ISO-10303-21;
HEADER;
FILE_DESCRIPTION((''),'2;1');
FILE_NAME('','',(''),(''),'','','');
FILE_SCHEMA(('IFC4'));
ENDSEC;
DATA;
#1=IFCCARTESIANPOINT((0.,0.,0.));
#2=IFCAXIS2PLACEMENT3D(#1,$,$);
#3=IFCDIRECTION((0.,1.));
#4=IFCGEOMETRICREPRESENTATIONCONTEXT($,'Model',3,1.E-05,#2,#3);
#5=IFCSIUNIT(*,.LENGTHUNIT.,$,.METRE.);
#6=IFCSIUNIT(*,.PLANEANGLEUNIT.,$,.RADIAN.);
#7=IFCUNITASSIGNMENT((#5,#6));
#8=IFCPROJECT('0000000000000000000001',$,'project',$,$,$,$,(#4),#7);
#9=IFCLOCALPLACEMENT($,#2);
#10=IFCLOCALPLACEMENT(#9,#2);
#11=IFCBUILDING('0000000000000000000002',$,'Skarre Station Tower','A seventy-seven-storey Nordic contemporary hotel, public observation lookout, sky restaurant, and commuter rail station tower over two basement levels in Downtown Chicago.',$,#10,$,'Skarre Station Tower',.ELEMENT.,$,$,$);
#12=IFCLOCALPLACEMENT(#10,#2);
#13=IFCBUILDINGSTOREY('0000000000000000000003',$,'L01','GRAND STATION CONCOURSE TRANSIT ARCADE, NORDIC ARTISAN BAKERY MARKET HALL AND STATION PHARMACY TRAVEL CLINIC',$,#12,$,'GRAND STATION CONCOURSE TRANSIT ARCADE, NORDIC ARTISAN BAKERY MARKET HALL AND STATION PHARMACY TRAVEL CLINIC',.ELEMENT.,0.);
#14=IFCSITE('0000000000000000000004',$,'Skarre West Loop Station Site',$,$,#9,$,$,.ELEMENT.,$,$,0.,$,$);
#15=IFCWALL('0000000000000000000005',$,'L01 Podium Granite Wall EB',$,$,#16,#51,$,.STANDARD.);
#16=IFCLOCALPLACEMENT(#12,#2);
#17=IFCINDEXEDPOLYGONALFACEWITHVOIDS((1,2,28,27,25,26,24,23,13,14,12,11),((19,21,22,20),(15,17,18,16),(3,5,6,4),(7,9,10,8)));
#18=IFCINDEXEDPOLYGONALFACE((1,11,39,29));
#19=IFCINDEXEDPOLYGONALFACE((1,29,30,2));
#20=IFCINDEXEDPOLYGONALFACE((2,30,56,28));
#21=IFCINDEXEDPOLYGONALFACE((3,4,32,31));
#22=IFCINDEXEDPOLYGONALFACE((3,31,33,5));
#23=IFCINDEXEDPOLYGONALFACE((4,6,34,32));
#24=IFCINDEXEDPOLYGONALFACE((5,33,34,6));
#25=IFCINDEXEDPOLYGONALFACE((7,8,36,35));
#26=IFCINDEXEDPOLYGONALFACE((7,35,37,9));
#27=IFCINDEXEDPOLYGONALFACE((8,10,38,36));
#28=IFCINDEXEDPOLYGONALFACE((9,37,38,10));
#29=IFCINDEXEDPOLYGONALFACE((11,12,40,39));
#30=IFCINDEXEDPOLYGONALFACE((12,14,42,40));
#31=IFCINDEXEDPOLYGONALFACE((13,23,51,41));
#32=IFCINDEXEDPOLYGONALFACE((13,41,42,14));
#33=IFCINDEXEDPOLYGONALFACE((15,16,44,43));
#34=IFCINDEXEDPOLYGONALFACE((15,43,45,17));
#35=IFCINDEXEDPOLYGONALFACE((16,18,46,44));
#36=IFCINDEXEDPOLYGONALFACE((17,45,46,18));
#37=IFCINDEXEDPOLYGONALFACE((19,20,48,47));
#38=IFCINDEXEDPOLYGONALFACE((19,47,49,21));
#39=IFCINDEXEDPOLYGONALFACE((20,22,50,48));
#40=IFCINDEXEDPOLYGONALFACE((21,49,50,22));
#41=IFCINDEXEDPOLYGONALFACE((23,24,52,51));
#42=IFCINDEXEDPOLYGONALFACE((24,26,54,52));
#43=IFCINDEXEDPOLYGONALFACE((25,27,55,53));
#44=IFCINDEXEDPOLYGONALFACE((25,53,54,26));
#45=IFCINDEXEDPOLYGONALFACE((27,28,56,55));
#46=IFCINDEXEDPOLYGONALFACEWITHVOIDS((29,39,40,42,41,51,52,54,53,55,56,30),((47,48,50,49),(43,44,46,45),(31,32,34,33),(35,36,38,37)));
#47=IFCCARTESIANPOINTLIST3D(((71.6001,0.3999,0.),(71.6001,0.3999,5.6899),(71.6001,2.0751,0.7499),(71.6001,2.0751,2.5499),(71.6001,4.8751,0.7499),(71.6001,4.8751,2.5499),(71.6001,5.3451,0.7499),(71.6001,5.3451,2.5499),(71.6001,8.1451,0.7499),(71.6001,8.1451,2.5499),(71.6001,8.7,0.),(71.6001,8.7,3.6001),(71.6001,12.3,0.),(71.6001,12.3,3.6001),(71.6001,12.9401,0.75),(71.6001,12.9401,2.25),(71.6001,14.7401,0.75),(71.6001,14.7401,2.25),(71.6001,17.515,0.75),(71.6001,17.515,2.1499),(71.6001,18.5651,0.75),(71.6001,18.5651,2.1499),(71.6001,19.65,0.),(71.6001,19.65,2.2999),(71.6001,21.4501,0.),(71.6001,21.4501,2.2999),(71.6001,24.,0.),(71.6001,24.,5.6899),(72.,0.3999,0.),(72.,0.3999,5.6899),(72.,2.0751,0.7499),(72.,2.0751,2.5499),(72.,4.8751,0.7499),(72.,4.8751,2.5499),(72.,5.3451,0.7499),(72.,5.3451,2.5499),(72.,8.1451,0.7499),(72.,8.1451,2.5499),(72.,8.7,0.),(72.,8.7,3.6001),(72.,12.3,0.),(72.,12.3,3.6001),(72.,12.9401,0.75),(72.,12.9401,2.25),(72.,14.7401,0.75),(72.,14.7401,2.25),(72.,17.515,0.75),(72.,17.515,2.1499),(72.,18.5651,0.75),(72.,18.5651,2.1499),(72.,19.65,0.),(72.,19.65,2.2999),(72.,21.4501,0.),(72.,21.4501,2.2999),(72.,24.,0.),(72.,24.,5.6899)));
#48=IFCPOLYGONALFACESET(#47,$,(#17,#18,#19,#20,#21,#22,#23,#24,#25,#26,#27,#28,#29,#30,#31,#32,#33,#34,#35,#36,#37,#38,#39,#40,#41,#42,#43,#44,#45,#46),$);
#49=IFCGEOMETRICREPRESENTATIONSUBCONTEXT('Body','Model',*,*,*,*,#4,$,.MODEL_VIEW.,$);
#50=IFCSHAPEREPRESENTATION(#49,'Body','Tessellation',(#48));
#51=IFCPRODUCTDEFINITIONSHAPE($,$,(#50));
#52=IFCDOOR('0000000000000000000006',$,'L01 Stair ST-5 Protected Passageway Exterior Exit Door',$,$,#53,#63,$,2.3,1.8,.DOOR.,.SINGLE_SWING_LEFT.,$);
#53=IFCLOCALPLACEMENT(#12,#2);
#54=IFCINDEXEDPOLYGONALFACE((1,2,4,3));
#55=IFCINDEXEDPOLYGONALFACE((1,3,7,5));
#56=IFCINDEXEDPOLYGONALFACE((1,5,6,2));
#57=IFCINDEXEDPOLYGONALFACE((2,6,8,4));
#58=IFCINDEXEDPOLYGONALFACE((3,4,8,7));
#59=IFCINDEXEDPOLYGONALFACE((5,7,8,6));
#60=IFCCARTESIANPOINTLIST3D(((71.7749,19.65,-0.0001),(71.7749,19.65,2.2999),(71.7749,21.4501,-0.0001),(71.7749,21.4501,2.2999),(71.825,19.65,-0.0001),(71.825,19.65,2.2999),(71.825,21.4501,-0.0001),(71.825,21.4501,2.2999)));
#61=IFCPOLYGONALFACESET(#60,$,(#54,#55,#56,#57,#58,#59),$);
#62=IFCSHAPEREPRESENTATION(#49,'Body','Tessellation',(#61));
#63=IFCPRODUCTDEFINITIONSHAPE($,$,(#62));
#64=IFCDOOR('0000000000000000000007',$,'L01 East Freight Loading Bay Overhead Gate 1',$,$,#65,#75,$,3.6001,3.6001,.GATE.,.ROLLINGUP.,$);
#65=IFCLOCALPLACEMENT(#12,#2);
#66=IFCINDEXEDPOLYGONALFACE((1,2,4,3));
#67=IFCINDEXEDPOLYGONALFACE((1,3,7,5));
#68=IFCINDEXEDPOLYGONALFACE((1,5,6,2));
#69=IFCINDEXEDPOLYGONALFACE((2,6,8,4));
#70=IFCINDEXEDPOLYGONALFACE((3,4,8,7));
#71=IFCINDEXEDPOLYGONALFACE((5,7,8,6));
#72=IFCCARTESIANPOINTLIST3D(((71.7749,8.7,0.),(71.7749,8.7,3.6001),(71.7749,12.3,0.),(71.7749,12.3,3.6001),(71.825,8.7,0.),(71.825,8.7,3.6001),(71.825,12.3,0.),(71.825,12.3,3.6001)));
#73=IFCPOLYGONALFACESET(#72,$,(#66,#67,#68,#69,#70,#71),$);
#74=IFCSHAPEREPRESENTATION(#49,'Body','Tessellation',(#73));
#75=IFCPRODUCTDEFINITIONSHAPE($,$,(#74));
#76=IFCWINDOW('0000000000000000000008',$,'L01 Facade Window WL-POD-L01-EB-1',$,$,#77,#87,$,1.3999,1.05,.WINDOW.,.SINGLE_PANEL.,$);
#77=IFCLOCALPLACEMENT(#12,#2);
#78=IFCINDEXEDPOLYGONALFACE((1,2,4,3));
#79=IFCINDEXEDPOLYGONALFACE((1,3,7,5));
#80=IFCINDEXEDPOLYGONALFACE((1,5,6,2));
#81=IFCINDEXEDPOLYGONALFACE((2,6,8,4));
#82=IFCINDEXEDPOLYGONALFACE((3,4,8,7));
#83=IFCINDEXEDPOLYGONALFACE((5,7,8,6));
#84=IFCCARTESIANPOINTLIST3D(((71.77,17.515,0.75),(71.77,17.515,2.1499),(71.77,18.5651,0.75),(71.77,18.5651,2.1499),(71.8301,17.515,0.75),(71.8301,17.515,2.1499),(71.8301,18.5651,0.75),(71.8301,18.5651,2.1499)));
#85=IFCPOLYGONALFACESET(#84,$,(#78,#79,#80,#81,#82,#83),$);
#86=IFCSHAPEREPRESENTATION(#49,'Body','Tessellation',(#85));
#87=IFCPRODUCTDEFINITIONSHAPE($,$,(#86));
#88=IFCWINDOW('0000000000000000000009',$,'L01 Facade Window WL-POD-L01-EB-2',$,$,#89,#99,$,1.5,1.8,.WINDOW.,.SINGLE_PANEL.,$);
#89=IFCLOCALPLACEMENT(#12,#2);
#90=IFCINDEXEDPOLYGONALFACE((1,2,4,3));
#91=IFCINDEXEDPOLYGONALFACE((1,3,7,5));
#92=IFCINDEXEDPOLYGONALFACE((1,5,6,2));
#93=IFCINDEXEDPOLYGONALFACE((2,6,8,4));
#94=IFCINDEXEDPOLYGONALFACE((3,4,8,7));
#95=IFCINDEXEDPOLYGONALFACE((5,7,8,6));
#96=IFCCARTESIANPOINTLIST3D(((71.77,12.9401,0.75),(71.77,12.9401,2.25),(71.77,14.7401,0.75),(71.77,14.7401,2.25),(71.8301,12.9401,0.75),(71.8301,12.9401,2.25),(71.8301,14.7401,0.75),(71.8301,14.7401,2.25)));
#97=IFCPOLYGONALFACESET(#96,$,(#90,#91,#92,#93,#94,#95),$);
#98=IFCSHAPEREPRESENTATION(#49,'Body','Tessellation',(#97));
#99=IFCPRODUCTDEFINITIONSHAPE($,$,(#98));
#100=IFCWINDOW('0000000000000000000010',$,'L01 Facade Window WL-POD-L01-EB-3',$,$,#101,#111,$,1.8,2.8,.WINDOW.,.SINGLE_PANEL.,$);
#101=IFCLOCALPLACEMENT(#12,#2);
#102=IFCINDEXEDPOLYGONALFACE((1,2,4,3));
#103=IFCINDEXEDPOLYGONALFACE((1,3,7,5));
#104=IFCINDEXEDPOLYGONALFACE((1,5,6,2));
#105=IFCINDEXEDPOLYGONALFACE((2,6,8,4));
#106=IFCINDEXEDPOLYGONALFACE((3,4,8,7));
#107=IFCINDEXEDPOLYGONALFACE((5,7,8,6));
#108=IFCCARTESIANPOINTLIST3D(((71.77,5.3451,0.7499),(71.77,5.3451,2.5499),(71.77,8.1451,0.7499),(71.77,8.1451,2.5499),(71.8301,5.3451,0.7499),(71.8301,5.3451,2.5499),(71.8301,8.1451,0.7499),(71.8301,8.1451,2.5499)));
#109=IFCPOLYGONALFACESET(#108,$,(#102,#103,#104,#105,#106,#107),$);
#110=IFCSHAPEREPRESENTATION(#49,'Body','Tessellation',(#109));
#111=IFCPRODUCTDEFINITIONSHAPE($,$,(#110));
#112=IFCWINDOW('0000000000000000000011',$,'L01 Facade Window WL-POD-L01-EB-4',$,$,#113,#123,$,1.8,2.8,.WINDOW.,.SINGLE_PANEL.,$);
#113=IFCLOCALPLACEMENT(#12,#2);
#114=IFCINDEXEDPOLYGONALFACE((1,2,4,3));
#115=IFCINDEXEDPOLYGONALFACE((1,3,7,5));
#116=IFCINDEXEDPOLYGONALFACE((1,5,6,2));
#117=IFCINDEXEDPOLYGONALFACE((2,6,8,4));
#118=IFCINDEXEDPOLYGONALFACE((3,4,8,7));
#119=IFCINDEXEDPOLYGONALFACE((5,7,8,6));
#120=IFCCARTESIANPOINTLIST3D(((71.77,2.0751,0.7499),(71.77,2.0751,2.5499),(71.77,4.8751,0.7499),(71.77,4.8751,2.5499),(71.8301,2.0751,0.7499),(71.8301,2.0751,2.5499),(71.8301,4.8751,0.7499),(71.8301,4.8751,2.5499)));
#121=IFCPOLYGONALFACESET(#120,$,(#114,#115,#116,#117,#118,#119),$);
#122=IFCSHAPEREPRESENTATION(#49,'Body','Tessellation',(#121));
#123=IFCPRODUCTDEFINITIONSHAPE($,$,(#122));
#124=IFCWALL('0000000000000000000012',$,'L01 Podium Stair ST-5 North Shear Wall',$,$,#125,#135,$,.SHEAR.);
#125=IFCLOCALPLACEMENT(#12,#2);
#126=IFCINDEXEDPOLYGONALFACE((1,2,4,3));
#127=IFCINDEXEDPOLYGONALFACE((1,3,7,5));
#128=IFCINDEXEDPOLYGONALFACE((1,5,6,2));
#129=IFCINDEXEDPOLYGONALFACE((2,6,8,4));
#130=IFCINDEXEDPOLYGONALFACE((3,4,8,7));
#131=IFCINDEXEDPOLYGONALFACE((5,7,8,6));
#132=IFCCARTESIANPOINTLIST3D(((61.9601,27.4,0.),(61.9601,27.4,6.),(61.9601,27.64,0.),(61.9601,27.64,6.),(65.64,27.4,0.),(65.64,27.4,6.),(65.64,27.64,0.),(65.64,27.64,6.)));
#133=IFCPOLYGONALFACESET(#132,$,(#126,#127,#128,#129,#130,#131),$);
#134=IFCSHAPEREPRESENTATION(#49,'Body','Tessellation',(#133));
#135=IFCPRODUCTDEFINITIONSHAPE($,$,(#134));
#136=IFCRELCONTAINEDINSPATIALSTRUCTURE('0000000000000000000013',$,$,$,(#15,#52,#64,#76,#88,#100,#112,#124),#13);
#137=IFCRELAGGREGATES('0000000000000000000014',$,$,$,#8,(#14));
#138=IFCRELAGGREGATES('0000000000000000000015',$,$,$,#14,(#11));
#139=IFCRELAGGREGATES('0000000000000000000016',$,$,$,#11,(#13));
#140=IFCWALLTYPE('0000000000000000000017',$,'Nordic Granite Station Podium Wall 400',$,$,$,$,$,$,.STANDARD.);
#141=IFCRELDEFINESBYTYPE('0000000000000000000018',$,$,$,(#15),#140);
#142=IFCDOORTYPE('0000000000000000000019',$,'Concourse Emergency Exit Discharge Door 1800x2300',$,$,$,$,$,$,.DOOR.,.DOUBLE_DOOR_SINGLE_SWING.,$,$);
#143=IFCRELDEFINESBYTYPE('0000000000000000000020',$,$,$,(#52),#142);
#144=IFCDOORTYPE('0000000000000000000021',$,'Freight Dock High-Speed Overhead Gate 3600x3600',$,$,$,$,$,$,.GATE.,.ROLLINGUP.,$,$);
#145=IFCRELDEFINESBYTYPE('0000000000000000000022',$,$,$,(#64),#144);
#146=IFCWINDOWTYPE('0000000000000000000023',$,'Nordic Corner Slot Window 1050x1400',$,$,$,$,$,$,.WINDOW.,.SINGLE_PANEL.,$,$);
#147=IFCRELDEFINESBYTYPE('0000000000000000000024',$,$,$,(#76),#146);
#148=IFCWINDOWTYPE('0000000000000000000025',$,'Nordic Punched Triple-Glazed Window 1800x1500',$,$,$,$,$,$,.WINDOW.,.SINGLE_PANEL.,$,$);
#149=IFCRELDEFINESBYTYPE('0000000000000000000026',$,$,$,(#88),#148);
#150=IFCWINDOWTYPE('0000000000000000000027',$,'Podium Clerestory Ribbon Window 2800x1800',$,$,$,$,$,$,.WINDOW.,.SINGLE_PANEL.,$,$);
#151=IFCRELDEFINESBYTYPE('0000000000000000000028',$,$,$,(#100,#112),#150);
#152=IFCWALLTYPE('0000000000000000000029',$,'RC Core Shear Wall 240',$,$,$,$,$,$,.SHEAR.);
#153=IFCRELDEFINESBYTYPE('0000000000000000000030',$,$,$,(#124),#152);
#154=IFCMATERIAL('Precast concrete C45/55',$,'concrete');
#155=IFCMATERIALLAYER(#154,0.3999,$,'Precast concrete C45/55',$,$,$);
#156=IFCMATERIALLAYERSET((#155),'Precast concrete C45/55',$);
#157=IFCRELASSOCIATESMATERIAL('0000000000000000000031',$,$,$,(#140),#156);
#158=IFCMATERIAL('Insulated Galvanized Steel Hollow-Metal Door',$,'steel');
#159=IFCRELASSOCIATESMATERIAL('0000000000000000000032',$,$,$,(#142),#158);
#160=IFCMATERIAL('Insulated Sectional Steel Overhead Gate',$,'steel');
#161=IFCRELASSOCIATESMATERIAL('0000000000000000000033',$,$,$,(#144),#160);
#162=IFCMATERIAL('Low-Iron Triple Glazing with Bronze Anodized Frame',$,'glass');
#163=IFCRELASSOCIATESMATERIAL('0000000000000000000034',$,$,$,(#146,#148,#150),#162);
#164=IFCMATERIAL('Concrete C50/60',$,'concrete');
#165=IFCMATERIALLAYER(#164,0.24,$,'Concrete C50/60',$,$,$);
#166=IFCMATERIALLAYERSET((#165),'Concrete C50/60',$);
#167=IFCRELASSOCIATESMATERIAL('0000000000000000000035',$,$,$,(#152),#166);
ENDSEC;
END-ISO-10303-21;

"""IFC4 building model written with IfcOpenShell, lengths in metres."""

from ifc_helpers import new_model, si_unit, direction, frame, frame_2d, origin, place, context, subcontext, project, spatial, rectangle, extrude, material, layer, layer_set, type_object, element, fill, save


model = new_model("IFC4")

# Units and contexts
model_context = context("Model", 3, precision=1e-05, world=origin(), true_north=direction((0.0, 1.0)))
body_context = subcontext(model_context, "Body", "Model", "MODEL_VIEW")
ifc_project = project(units=[si_unit("LENGTHUNIT", "METRE"), si_unit("PLANEANGLEUNIT", "RADIAN")], contexts=[model_context])

# Site, building, storey
site_placement = place(None, origin())
site = spatial("IfcSite", under=ifc_project, at=site_placement, Name="Skarre West Loop Station Site", CompositionType="ELEMENT", RefElevation=0.0)
building_placement = place(site_placement, origin())
building = spatial("IfcBuilding", under=site, at=building_placement, Name="Skarre Station Tower", Description="A seventy-seven-storey Nordic contemporary hotel, public observation lookout, sky restaurant, and commuter rail station tower over two basement levels in Downtown Chicago.", LongName="Skarre Station Tower", CompositionType="ELEMENT")
storey_placement = place(building_placement, origin())
storey = spatial("IfcBuildingStorey", under=building, at=storey_placement, Name="L01", Description="GRAND STATION CONCOURSE TRANSIT ARCADE, NORDIC ARTISAN BAKERY MARKET HALL AND STATION PHARMACY TRAVEL CLINIC", LongName="GRAND STATION CONCOURSE TRANSIT ARCADE, NORDIC ARTISAN BAKERY MARKET HALL AND STATION PHARMACY TRAVEL CLINIC", CompositionType="ELEMENT", Elevation=0.0)

# Wall, openings, doors, windows
ifc_material_1 = material(Name="Precast concrete C45/55", Category="concrete")
ifc_layer_1 = layer(ifc_material_1, 0.3999, Name="Precast concrete C45/55")
ifc_layer_set_1 = layer_set([ifc_layer_1], Name="Precast concrete C45/55")
wall_type_1 = type_object("IfcWallType", Name="Nordic Granite Station Podium Wall 400", PredefinedType="STANDARD", material=ifc_layer_set_1)
wall_1_placement = place(storey_placement, frame((71.8, 24.0, 0.0), z_axis=(0.0, 0.0, 1.0), x_axis=(0.0, -1.0, 0.0)))
wall_1 = element("IfcWall", 1, at=wall_1_placement, inside=storey, type_object=wall_type_1, Name="L01 Podium Granite Wall EB", PredefinedType="STANDARD", context=body_context, shape_type="SweptSolid", body=[
    extrude(rectangle(XDim=23.6001, YDim=0.3999, at=frame_2d((11.8, 0.0))), origin(), (0.0, 0.0, 1.0), 5.6899),
])
opening_1_placement = place(wall_1_placement, frame((2.55, 0.0, 0.0)))
opening_1 = element("IfcOpeningElement", 2, at=opening_1_placement, cuts=wall_1, PredefinedType="OPENING", context=body_context, shape_type="SweptSolid", body=[
    extrude(rectangle(XDim=1.8, YDim=2.3, at=frame_2d((0.8999, 1.1499))), frame((0.0, 0.21, 0.0), z_axis=(0.0, -1.0, 0.0), x_axis=(1.0, 0.0, 0.0)), (0.0, 0.0, 1.0), 0.4199),
])
opening_2_placement = place(wall_1_placement, frame((11.7, 0.0, 0.0)))
opening_2 = element("IfcOpeningElement", 3, at=opening_2_placement, cuts=wall_1, PredefinedType="OPENING", context=body_context, shape_type="SweptSolid", body=[
    extrude(rectangle(XDim=3.6001, YDim=3.6001, at=frame_2d((1.8, 1.8))), frame((0.0, 0.21, 0.0), z_axis=(0.0, -1.0, 0.0), x_axis=(1.0, 0.0, 0.0)), (0.0, 0.0, 1.0), 0.4199),
])
opening_3_placement = place(wall_1_placement, frame((5.4351, 0.0, 0.75)))
opening_3 = element("IfcOpeningElement", 4, at=opening_3_placement, cuts=wall_1, PredefinedType="OPENING", context=body_context, shape_type="SweptSolid", body=[
    extrude(rectangle(XDim=1.05, YDim=1.3999, at=frame_2d((0.5249, 0.7))), frame((0.0, 0.21, 0.0), z_axis=(0.0, -1.0, 0.0), x_axis=(1.0, 0.0, 0.0)), (0.0, 0.0, 1.0), 0.4199),
])
opening_4_placement = place(wall_1_placement, frame((9.26, 0.0, 0.75)))
opening_4 = element("IfcOpeningElement", 5, at=opening_4_placement, cuts=wall_1, PredefinedType="OPENING", context=body_context, shape_type="SweptSolid", body=[
    extrude(rectangle(XDim=1.8, YDim=1.5, at=frame_2d((0.8999, 0.75))), frame((0.0, 0.21, 0.0), z_axis=(0.0, -1.0, 0.0), x_axis=(1.0, 0.0, 0.0)), (0.0, 0.0, 1.0), 0.4199),
])
opening_5_placement = place(wall_1_placement, frame((15.855, 0.0, 0.75)))
opening_5 = element("IfcOpeningElement", 6, at=opening_5_placement, cuts=wall_1, PredefinedType="OPENING", context=body_context, shape_type="SweptSolid", body=[
    extrude(rectangle(XDim=2.8, YDim=1.8, at=frame_2d((1.3999, 0.8999))), frame((0.0, 0.21, 0.0), z_axis=(0.0, -1.0, 0.0), x_axis=(1.0, 0.0, 0.0)), (0.0, 0.0, 1.0), 0.4199),
])
opening_6_placement = place(wall_1_placement, frame((19.125, 0.0, 0.75)))
opening_6 = element("IfcOpeningElement", 7, at=opening_6_placement, cuts=wall_1, PredefinedType="OPENING", context=body_context, shape_type="SweptSolid", body=[
    extrude(rectangle(XDim=2.8, YDim=1.8, at=frame_2d((1.3999, 0.8999))), frame((0.0, 0.21, 0.0), z_axis=(0.0, -1.0, 0.0), x_axis=(1.0, 0.0, 0.0)), (0.0, 0.0, 1.0), 0.4199),
])
ifc_material_2 = material(Name="Insulated Galvanized Steel Hollow-Metal Door", Category="steel")
door_type_1 = type_object("IfcDoorType", Name="Concourse Emergency Exit Discharge Door 1800x2300", OperationType="DOUBLE_DOOR_SINGLE_SWING", PredefinedType="DOOR", material=ifc_material_2)
door_1_placement = place(opening_1_placement, origin())
door_1 = element("IfcDoor", 8, at=door_1_placement, inside=storey, type_object=door_type_1, Name="L01 Stair ST-5 Protected Passageway Exterior Exit Door", OperationType="SINGLE_SWING_LEFT", OverallHeight=2.3, OverallWidth=1.8, PredefinedType="DOOR", context=body_context, shape_type="SweptSolid", body=[
    extrude(rectangle(XDim=1.8, YDim=2.3, at=frame_2d((0.8999, 1.1499))), frame((0.0, 0.0249, 0.0), z_axis=(0.0, -1.0, 0.0), x_axis=(1.0, 0.0, 0.0)), (0.0, 0.0, 1.0), 0.05),
])
fill(opening_1, door_1)
ifc_material_3 = material(Name="Insulated Sectional Steel Overhead Gate", Category="steel")
door_type_2 = type_object("IfcDoorType", Name="Freight Dock High-Speed Overhead Gate 3600x3600", OperationType="ROLLINGUP", PredefinedType="GATE", material=ifc_material_3)
door_2_placement = place(opening_2_placement, origin())
door_2 = element("IfcDoor", 9, at=door_2_placement, inside=storey, type_object=door_type_2, Name="L01 East Freight Loading Bay Overhead Gate 1", OperationType="ROLLINGUP", OverallHeight=3.6001, OverallWidth=3.6001, PredefinedType="GATE", context=body_context, shape_type="SweptSolid", body=[
    extrude(rectangle(XDim=3.6001, YDim=3.6001, at=frame_2d((1.8, 1.8))), frame((0.0, 0.0249, 0.0), z_axis=(0.0, -1.0, 0.0), x_axis=(1.0, 0.0, 0.0)), (0.0, 0.0, 1.0), 0.05),
])
fill(opening_2, door_2)
ifc_material_4 = material(Name="Low-Iron Triple Glazing with Bronze Anodized Frame", Category="glass")
window_type_1 = type_object("IfcWindowType", Name="Nordic Corner Slot Window 1050x1400", PartitioningType="SINGLE_PANEL", PredefinedType="WINDOW", material=ifc_material_4)
window_1_placement = place(opening_3_placement, origin())
window_1 = element("IfcWindow", 10, at=window_1_placement, inside=storey, type_object=window_type_1, Name="L01 Facade Window WL-POD-L01-EB-1", OverallHeight=1.3999, OverallWidth=1.05, PartitioningType="SINGLE_PANEL", PredefinedType="WINDOW", context=body_context, shape_type="SweptSolid", body=[
    extrude(rectangle(XDim=1.05, YDim=1.3999, at=frame_2d((0.5249, 0.7))), frame((0.0, 0.03, 0.0), z_axis=(0.0, -1.0, 0.0), x_axis=(1.0, 0.0, 0.0)), (0.0, 0.0, 1.0), 0.0601),
])
fill(opening_3, window_1)
window_type_2 = type_object("IfcWindowType", Name="Nordic Punched Triple-Glazed Window 1800x1500", PartitioningType="SINGLE_PANEL", PredefinedType="WINDOW", material=ifc_material_4)
window_2_placement = place(opening_4_placement, origin())
window_2 = element("IfcWindow", 11, at=window_2_placement, inside=storey, type_object=window_type_2, Name="L01 Facade Window WL-POD-L01-EB-2", OverallHeight=1.5, OverallWidth=1.8, PartitioningType="SINGLE_PANEL", PredefinedType="WINDOW", context=body_context, shape_type="SweptSolid", body=[
    extrude(rectangle(XDim=1.8, YDim=1.5, at=frame_2d((0.8999, 0.75))), frame((0.0, 0.03, 0.0), z_axis=(0.0, -1.0, 0.0), x_axis=(1.0, 0.0, 0.0)), (0.0, 0.0, 1.0), 0.0601),
])
fill(opening_4, window_2)
window_type_3 = type_object("IfcWindowType", Name="Podium Clerestory Ribbon Window 2800x1800", PartitioningType="SINGLE_PANEL", PredefinedType="WINDOW", material=ifc_material_4)
window_3_placement = place(opening_5_placement, origin())
window_3 = element("IfcWindow", 12, at=window_3_placement, inside=storey, type_object=window_type_3, Name="L01 Facade Window WL-POD-L01-EB-3", OverallHeight=1.8, OverallWidth=2.8, PartitioningType="SINGLE_PANEL", PredefinedType="WINDOW", context=body_context, shape_type="SweptSolid", body=[
    extrude(rectangle(XDim=2.8, YDim=1.8, at=frame_2d((1.3999, 0.8999))), frame((0.0, 0.03, 0.0), z_axis=(0.0, -1.0, 0.0), x_axis=(1.0, 0.0, 0.0)), (0.0, 0.0, 1.0), 0.0601),
])
fill(opening_5, window_3)
window_4_placement = place(opening_6_placement, origin())
window_4 = element("IfcWindow", 13, at=window_4_placement, inside=storey, type_object=window_type_3, Name="L01 Facade Window WL-POD-L01-EB-4", OverallHeight=1.8, OverallWidth=2.8, PartitioningType="SINGLE_PANEL", PredefinedType="WINDOW", context=body_context, shape_type="SweptSolid", body=[
    extrude(rectangle(XDim=2.8, YDim=1.8, at=frame_2d((1.3999, 0.8999))), frame((0.0, 0.03, 0.0), z_axis=(0.0, -1.0, 0.0), x_axis=(1.0, 0.0, 0.0)), (0.0, 0.0, 1.0), 0.0601),
])
fill(opening_6, window_4)

# Wall
ifc_material_5 = material(Name="Concrete C50/60", Category="concrete")
ifc_layer_2 = layer(ifc_material_5, 0.24, Name="Concrete C50/60")
ifc_layer_set_2 = layer_set([ifc_layer_2], Name="Concrete C50/60")
wall_type_2 = type_object("IfcWallType", Name="RC Core Shear Wall 240", PredefinedType="SHEAR", material=ifc_layer_set_2)
wall_2_placement = place(storey_placement, frame((65.6399, 27.52, 0.0), z_axis=(0.0, 0.0, 1.0), x_axis=(-1.0, 0.0, 0.0)))
element("IfcWall", 14, at=wall_2_placement, inside=storey, type_object=wall_type_2, Name="L01 Podium Stair ST-5 North Shear Wall", PredefinedType="SHEAR", context=body_context, shape_type="SweptSolid", body=[
    extrude(rectangle(XDim=3.6799, YDim=0.24, at=frame_2d((1.8398, 0.0))), origin(), (0.0, 0.0, 1.0), 6.0),
])

save(model, "model.ifc")
